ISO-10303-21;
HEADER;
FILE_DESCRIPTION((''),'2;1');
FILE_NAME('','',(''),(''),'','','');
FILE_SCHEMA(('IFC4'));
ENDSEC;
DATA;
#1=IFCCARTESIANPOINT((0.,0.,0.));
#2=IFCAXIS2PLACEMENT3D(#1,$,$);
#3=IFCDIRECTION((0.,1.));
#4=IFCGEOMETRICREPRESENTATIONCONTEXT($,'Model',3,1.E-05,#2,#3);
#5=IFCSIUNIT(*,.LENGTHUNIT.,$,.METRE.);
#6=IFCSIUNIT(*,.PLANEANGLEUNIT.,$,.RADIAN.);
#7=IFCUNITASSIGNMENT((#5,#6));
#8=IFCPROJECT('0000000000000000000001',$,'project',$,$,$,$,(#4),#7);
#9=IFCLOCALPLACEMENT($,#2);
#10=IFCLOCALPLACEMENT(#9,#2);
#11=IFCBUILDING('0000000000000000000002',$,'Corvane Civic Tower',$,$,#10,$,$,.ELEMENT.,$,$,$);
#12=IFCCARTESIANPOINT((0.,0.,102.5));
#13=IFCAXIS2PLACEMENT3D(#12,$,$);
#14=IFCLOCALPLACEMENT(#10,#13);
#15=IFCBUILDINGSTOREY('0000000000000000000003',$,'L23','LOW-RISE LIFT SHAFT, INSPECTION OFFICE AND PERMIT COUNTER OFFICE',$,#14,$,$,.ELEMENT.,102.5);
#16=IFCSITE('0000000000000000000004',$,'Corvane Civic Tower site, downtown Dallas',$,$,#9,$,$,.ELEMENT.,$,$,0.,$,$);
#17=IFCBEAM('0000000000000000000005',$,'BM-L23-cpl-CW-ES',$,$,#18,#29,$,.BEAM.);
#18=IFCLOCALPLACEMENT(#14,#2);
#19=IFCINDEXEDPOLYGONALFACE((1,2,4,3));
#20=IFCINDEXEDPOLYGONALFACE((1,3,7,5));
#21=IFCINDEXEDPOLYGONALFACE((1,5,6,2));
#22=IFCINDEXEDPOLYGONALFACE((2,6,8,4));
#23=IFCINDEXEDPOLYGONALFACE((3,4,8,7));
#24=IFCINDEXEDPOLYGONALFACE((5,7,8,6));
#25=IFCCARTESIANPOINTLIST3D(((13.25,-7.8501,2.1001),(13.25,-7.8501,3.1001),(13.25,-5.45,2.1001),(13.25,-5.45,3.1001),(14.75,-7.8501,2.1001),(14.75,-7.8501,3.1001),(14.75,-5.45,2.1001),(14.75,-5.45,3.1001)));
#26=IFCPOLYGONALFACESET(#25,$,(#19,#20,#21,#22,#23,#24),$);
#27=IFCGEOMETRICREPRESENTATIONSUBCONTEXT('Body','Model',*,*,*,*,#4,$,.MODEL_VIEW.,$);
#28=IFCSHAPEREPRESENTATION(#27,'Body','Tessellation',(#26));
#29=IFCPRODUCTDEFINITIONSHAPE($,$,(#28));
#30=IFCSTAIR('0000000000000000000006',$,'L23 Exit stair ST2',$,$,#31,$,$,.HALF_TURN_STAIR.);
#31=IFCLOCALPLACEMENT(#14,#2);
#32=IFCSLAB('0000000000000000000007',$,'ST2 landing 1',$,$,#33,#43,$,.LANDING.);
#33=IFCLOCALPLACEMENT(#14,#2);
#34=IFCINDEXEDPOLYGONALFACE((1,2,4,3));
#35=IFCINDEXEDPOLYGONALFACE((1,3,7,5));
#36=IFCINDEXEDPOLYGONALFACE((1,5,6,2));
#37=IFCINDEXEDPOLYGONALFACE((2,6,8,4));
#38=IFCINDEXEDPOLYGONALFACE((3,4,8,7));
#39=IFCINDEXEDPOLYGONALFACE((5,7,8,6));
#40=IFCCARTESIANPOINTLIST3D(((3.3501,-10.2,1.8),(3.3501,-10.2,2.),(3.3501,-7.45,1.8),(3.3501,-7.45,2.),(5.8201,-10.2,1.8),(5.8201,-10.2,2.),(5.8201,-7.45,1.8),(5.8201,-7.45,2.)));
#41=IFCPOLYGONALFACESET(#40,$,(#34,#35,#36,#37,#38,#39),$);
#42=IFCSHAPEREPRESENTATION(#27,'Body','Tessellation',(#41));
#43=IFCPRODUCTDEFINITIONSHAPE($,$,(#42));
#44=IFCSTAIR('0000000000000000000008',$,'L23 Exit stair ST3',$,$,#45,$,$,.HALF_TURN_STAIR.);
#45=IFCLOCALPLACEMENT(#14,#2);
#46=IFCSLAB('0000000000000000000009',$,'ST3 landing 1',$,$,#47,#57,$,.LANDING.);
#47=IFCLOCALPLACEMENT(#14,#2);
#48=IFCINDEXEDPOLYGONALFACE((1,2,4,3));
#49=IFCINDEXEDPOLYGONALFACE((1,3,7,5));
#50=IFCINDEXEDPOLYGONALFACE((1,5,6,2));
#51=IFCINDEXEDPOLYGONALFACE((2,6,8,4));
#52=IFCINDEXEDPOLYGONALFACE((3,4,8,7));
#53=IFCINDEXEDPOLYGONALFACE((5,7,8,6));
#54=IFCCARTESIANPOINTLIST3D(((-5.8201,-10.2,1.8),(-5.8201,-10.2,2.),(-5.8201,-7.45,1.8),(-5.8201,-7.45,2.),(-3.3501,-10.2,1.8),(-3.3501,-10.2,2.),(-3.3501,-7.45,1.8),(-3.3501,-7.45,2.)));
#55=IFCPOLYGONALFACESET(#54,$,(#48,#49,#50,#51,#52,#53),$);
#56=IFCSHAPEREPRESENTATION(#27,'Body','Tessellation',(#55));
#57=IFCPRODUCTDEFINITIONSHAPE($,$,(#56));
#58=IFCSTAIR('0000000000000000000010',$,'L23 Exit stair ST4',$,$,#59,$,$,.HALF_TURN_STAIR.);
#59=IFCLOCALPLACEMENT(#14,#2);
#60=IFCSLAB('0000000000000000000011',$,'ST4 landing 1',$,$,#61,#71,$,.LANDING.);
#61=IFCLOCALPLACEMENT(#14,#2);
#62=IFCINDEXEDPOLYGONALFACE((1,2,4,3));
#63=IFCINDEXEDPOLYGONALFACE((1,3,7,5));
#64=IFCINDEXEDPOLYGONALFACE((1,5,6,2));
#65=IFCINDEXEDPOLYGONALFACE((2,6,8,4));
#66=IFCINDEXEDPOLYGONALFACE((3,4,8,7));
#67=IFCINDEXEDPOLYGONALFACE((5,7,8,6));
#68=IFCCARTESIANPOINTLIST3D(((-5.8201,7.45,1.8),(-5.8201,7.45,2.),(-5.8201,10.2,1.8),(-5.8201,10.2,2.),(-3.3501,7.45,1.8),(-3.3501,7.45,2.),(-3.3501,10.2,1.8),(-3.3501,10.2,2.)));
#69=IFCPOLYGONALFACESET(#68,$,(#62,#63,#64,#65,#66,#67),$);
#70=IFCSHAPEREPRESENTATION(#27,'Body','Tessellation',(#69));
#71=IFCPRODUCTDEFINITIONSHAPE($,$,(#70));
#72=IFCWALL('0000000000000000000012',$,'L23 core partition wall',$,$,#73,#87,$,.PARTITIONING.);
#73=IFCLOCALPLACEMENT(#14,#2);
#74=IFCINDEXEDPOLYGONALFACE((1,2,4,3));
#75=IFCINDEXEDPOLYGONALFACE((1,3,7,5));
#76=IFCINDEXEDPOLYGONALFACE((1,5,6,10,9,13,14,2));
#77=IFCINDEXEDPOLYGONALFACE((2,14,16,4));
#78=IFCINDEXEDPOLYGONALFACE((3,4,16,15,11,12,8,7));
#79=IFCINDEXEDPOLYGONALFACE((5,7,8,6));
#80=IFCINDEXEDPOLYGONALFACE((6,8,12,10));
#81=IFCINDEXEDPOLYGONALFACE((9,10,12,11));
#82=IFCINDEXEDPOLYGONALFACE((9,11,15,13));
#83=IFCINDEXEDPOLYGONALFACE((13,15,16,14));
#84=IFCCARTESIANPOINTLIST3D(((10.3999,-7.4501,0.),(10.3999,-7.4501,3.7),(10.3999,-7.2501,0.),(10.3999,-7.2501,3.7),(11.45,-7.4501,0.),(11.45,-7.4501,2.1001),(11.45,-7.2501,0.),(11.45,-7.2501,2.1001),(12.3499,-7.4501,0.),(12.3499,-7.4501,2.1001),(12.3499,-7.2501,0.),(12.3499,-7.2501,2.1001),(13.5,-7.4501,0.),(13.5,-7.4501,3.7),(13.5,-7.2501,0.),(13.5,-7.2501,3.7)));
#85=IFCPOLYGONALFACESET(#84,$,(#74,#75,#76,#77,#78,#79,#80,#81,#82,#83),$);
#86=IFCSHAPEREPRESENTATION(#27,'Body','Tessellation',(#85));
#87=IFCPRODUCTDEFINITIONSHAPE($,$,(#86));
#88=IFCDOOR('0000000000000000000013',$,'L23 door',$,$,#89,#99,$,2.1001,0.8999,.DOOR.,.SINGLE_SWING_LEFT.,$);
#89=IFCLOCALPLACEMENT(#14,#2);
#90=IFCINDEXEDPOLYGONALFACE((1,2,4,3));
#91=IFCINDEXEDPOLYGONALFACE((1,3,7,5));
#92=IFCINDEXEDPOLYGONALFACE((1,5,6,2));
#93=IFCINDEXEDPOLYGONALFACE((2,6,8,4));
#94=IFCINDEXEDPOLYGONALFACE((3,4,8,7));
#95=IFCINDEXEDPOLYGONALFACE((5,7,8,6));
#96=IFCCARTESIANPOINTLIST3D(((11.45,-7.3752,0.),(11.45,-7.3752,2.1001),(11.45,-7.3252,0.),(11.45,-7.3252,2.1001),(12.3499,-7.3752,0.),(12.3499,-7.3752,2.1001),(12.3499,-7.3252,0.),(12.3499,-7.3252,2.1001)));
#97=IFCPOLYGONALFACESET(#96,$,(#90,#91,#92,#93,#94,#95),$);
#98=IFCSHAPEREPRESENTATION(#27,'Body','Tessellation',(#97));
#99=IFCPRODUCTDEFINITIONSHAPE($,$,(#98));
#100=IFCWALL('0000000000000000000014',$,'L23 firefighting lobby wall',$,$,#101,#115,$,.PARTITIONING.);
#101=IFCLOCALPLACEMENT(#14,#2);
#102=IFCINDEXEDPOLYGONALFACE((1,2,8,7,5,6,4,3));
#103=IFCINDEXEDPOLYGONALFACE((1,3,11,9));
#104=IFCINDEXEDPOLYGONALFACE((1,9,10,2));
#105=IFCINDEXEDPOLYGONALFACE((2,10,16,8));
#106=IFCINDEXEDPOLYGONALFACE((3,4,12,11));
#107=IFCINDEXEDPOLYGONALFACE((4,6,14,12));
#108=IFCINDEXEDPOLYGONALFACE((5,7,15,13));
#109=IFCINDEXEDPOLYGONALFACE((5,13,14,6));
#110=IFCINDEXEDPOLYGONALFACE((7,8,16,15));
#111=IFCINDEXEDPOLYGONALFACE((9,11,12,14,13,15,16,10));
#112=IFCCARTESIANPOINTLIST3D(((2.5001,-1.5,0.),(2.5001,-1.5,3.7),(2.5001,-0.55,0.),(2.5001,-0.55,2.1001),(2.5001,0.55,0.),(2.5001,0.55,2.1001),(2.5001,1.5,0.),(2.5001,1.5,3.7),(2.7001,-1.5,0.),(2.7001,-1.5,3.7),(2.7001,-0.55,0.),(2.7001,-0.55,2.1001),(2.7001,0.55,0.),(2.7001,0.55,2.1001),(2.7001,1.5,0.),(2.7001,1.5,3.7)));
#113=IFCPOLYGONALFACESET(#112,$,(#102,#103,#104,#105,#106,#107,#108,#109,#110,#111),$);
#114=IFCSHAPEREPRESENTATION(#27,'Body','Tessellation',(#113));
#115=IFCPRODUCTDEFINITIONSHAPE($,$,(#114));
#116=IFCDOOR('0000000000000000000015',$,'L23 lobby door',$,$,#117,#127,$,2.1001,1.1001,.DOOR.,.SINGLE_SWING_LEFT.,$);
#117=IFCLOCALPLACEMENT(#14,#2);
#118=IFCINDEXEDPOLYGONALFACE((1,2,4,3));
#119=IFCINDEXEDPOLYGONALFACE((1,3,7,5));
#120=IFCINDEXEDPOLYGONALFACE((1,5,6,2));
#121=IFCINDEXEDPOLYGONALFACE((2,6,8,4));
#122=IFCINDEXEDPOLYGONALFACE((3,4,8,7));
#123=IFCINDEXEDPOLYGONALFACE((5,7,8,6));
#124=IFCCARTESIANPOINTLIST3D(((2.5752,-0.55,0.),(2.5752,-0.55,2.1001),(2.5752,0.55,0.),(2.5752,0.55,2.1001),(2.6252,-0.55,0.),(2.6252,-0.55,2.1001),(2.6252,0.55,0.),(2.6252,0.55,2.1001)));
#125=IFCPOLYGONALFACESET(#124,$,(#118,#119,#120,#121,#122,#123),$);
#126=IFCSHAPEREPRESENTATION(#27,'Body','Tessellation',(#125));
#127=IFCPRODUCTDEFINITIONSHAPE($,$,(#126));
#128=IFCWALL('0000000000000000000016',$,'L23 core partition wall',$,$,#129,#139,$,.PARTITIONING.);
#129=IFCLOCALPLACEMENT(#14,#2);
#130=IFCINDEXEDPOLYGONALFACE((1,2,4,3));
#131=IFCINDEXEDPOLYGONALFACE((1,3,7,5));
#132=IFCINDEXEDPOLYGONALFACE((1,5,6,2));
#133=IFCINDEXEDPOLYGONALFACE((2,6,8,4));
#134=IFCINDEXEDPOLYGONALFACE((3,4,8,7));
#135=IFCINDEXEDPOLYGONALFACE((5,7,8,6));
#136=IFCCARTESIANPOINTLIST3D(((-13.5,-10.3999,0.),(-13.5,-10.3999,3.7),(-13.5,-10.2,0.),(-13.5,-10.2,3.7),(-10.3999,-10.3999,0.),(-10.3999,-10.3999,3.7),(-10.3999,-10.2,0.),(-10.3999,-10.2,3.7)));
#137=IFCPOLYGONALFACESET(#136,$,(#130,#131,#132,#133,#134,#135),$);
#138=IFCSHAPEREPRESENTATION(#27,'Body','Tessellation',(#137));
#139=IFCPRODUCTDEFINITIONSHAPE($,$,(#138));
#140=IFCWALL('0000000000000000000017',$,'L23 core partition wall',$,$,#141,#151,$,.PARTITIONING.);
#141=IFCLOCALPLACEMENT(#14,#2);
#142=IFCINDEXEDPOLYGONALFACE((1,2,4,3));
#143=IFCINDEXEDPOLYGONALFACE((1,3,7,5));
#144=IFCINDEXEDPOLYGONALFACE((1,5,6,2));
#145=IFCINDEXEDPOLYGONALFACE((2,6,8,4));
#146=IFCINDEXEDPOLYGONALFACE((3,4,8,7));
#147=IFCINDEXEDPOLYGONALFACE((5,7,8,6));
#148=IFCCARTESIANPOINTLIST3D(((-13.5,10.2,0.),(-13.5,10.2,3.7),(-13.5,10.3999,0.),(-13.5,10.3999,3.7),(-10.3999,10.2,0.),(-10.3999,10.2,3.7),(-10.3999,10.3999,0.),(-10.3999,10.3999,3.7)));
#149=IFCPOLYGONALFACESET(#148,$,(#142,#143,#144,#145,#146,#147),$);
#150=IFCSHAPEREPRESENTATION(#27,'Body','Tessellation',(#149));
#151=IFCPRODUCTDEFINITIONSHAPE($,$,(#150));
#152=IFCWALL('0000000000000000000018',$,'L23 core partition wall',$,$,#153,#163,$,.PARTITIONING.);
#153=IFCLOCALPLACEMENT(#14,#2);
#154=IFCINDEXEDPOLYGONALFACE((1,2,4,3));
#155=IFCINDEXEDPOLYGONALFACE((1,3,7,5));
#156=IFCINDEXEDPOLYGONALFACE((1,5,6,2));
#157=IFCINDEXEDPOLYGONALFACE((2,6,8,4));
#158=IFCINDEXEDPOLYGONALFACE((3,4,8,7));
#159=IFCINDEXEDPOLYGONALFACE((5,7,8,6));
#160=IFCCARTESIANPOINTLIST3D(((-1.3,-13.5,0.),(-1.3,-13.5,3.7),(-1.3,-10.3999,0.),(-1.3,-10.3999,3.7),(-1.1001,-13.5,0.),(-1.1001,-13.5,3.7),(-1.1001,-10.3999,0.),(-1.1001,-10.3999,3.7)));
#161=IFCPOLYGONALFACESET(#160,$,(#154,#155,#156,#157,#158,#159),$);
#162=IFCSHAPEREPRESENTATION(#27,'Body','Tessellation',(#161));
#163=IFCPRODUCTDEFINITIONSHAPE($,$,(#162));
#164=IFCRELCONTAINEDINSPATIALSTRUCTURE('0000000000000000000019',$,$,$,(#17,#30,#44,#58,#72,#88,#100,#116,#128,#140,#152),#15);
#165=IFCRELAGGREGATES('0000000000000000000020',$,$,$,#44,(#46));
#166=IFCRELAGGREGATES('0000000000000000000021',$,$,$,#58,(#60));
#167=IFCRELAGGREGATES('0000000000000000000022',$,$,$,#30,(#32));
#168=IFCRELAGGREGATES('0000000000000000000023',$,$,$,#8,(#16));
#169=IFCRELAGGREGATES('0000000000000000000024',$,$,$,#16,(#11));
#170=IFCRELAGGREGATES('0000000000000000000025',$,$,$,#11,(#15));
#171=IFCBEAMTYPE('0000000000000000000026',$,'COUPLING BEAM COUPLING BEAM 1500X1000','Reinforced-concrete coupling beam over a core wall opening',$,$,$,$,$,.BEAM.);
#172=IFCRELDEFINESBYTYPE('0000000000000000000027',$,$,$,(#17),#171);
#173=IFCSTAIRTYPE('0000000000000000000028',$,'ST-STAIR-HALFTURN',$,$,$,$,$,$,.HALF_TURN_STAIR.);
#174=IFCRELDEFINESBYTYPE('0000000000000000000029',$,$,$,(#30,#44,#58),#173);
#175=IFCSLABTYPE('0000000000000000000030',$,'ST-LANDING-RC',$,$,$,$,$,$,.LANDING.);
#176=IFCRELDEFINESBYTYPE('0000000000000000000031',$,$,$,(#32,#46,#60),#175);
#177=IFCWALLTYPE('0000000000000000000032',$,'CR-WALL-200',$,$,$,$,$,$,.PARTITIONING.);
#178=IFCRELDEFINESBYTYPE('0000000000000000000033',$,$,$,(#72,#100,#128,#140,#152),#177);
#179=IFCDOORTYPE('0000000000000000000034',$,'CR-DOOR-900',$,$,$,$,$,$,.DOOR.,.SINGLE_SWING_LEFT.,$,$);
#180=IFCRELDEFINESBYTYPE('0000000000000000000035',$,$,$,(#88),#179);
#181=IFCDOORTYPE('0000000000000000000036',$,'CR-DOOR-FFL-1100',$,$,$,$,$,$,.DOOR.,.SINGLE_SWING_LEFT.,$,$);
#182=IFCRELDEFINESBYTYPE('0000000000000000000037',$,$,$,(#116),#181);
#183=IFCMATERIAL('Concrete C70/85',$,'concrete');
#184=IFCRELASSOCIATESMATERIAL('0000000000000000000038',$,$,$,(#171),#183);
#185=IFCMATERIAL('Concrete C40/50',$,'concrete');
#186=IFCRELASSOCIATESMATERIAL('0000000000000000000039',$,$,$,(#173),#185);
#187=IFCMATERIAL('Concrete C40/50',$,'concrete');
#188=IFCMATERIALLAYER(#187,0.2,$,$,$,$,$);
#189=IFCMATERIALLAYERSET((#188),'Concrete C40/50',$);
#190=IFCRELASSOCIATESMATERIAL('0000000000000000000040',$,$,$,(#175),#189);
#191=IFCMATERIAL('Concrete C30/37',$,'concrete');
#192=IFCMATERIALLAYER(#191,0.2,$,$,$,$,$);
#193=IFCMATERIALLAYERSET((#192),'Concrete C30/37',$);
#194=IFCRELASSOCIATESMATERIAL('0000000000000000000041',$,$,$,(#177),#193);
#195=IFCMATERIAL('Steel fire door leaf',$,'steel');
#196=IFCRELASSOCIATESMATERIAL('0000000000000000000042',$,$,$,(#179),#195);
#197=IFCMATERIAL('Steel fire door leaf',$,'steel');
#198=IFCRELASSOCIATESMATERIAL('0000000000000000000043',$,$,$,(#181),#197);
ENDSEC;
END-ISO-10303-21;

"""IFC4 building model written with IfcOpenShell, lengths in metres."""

from ifc_helpers import new_model, si_unit, direction, frame, frame_2d, origin, origin_2d, place, context, subcontext, project, spatial, polyline, rectangle, outline, extrude, material, layer, layer_set, material_profile, profile_set, type_object, element, fill, aggregate, save


model = new_model("IFC4")

# Units and contexts
model_context = context("Model", 3, precision=1e-05, world=origin(), true_north=direction((0.0, 1.0)))
body_context = subcontext(model_context, "Body", "Model", "MODEL_VIEW")
ifc_project = project(units=[si_unit("LENGTHUNIT", "METRE"), si_unit("PLANEANGLEUNIT", "RADIAN")], contexts=[model_context])

# Site, building, storey
site_placement = place(None, origin())
site = spatial("IfcSite", under=ifc_project, at=site_placement, Name="Corvane Civic Tower site, downtown Dallas", CompositionType="ELEMENT", RefElevation=0.0)
building_placement = place(site_placement, origin())
building = spatial("IfcBuilding", under=site, at=building_placement, Name="Corvane Civic Tower", CompositionType="ELEMENT")
storey_placement = place(building_placement, frame((0.0, 0.0, 102.5)))
storey = spatial("IfcBuildingStorey", under=building, at=storey_placement, Name="L23", Description="LOW-RISE LIFT SHAFT, INSPECTION OFFICE AND PERMIT COUNTER OFFICE", CompositionType="ELEMENT", Elevation=102.5)

# Beam
ifc_material_1 = material(Name="Concrete C70/85", Category="concrete")
ifc_material_profile = material_profile(ifc_material_1, rectangle(XDim=1.5, YDim=1.0, at=origin_2d()), Name="COUPLING BEAM 1500X1000")
ifc_profile_set = profile_set([ifc_material_profile], Name="Concrete C70/85")
beam_type = type_object("IfcBeamType", Name="COUPLING BEAM COUPLING BEAM 1500X1000", Description="Reinforced-concrete coupling beam over a core wall opening", PredefinedType="BEAM", material=ifc_profile_set)
beam_placement = place(storey_placement, frame((14.0, -7.8501, 2.6001), z_axis=(0.0, 1.0, 0.0), x_axis=(-1.0, 0.0, 0.0)))
element("IfcBeam", 1, at=beam_placement, inside=storey, type_object=beam_type, Name="BM-L23-cpl-CW-ES", PredefinedType="BEAM", context=body_context, shape_type="SweptSolid", body=[
    extrude(rectangle(XDim=1.5, YDim=1.0, at=origin_2d()), origin(), (0.0, 0.0, 1.0), 2.4001),
])

# Stairs, slabs
ifc_material_2 = material(Name="Concrete C40/50", Category="concrete")
stair_type = type_object("IfcStairType", Name="ST-STAIR-HALFTURN", PredefinedType="HALF_TURN_STAIR", material=ifc_material_2)
stair_1_placement = place(storey_placement, origin())
stair_1 = element("IfcStair", 2, at=stair_1_placement, inside=storey, type_object=stair_type, Name="L23 Exit stair ST2", PredefinedType="HALF_TURN_STAIR")
ifc_material_3 = material(Name="Concrete C40/50", Category="concrete")
ifc_layer_1 = layer(ifc_material_3, 0.2)
ifc_layer_set_1 = layer_set([ifc_layer_1], Name="Concrete C40/50")
slab_type = type_object("IfcSlabType", Name="ST-LANDING-RC", PredefinedType="LANDING", material=ifc_layer_set_1)
slab_1_placement = place(storey_placement, frame((0.0, 0.0, 1.8)))
slab_1 = element("IfcSlab", 3, at=slab_1_placement, type_object=slab_type, Name="ST2 landing 1", PredefinedType="LANDING", context=body_context, shape_type="SweptSolid", body=[
    extrude(outline(polyline([(5.8201, -7.45), (3.3501, -7.45), (3.3501, -10.2), (5.8201, -10.2), (5.8201, -7.45)])), origin(), (0.0, 0.0, 1.0), 0.2),
])
stair_2_placement = place(storey_placement, origin())
stair_2 = element("IfcStair", 4, at=stair_2_placement, inside=storey, type_object=stair_type, Name="L23 Exit stair ST3", PredefinedType="HALF_TURN_STAIR")
slab_2_placement = place(storey_placement, frame((0.0, 0.0, 1.8)))
slab_2 = element("IfcSlab", 5, at=slab_2_placement, type_object=slab_type, Name="ST3 landing 1", PredefinedType="LANDING", context=body_context, shape_type="SweptSolid", body=[
    extrude(outline(polyline([(-5.8201, -10.2), (-3.3501, -10.2), (-3.3501, -7.45), (-5.8201, -7.45), (-5.8201, -10.2)])), origin(), (0.0, 0.0, 1.0), 0.2),
])
aggregate(stair_2, [slab_2])
stair_3_placement = place(storey_placement, origin())
stair_3 = element("IfcStair", 6, at=stair_3_placement, inside=storey, type_object=stair_type, Name="L23 Exit stair ST4", PredefinedType="HALF_TURN_STAIR")
slab_3_placement = place(storey_placement, frame((0.0, 0.0, 1.8)))
slab_3 = element("IfcSlab", 7, at=slab_3_placement, type_object=slab_type, Name="ST4 landing 1", PredefinedType="LANDING", context=body_context, shape_type="SweptSolid", body=[
    extrude(outline(polyline([(-5.8201, 7.45), (-3.3501, 7.45), (-3.3501, 10.2), (-5.8201, 10.2), (-5.8201, 7.45)])), origin(), (0.0, 0.0, 1.0), 0.2),
])
aggregate(stair_3, [slab_3])

# Walls, openings, doors
ifc_material_4 = material(Name="Concrete C30/37", Category="concrete")
ifc_layer_2 = layer(ifc_material_4, 0.2)
ifc_layer_set_2 = layer_set([ifc_layer_2], Name="Concrete C30/37")
wall_type_1 = type_object("IfcWallType", Name="CR-WALL-200", PredefinedType="PARTITIONING", material=ifc_layer_set_2)
wall_1_placement = place(storey_placement, frame((10.3999, -7.3501, 0.0), z_axis=(0.0, 0.0, 1.0), x_axis=(1.0, 0.0, 0.0)))
wall_1 = element("IfcWall", 8, at=wall_1_placement, inside=storey, type_object=wall_type_1, Name="L23 core partition wall", PredefinedType="PARTITIONING", context=body_context, shape_type="SweptSolid", body=[
    extrude(rectangle(XDim=3.1001, YDim=0.2, at=frame_2d((1.55, 0.0))), origin(), (0.0, 0.0, 1.0), 3.7),
])
opening_1_placement = place(wall_1_placement, frame((1.05, 0.0, 0.0)))
opening_1 = element("IfcOpeningElement", 9, at=opening_1_placement, cuts=wall_1, PredefinedType="OPENING", context=body_context, shape_type="SweptSolid", body=[
    extrude(rectangle(XDim=0.8999, YDim=2.1001, at=frame_2d((0.45, 1.05))), frame((0.0, 0.1099, 0.0), z_axis=(0.0, -1.0, 0.0), x_axis=(1.0, 0.0, 0.0)), (0.0, 0.0, 1.0), 0.22),
])
ifc_material_5 = material(Name="Steel fire door leaf", Category="steel")
door_type_1 = type_object("IfcDoorType", Name="CR-DOOR-900", OperationType="SINGLE_SWING_LEFT", PredefinedType="DOOR", material=ifc_material_5)
door_1_placement = place(opening_1_placement, origin())
door_1 = element("IfcDoor", 10, at=door_1_placement, inside=storey, type_object=door_type_1, Name="L23 door", OperationType="SINGLE_SWING_LEFT", OverallHeight=2.1001, OverallWidth=0.8999, PredefinedType="DOOR", context=body_context, shape_type="SweptSolid", body=[
    extrude(rectangle(XDim=0.8999, YDim=2.1001, at=frame_2d((0.45, 1.05))), frame((0.0, 0.0249, 0.0), z_axis=(0.0, -1.0, 0.0), x_axis=(1.0, 0.0, 0.0)), (0.0, 0.0, 1.0), 0.05),
])
fill(opening_1, door_1)
wall_2_placement = place(storey_placement, frame((2.6001, -1.5, 0.0), z_axis=(0.0, 0.0, 1.0), x_axis=(0.0, 1.0, 0.0)))
wall_2 = element("IfcWall", 11, at=wall_2_placement, inside=storey, type_object=wall_type_1, Name="L23 firefighting lobby wall", PredefinedType="PARTITIONING", context=body_context, shape_type="SweptSolid", body=[
    extrude(rectangle(XDim=3.0, YDim=0.2, at=frame_2d((1.5, 0.0))), origin(), (0.0, 0.0, 1.0), 3.7),
])
opening_2_placement = place(wall_2_placement, frame((0.95, 0.0, 0.0)))
opening_2 = element("IfcOpeningElement", 12, at=opening_2_placement, cuts=wall_2, PredefinedType="OPENING", context=body_context, shape_type="SweptSolid", body=[
    extrude(rectangle(XDim=1.1001, YDim=2.1001, at=frame_2d((0.55, 1.05))), frame((0.0, 0.1099, 0.0), z_axis=(0.0, -1.0, 0.0), x_axis=(1.0, 0.0, 0.0)), (0.0, 0.0, 1.0), 0.22),
])
ifc_material_6 = material(Name="Steel fire door leaf", Category="steel")
door_type_2 = type_object("IfcDoorType", Name="CR-DOOR-FFL-1100", OperationType="SINGLE_SWING_LEFT", PredefinedType="DOOR", material=ifc_material_6)
door_2_placement = place(opening_2_placement, origin())
door_2 = element("IfcDoor", 13, at=door_2_placement, inside=storey, type_object=door_type_2, Name="L23 lobby door", OperationType="SINGLE_SWING_LEFT", OverallHeight=2.1001, OverallWidth=1.1001, PredefinedType="DOOR", context=body_context, shape_type="SweptSolid", body=[
    extrude(rectangle(XDim=1.1001, YDim=2.1001, at=frame_2d((0.55, 1.05))), frame((0.0, 0.0249, 0.0), z_axis=(0.0, -1.0, 0.0), x_axis=(1.0, 0.0, 0.0)), (0.0, 0.0, 1.0), 0.05),
])
fill(opening_2, door_2)

# Walls
wall_3_placement = place(storey_placement, origin())
element("IfcWall", 14, at=wall_3_placement, inside=storey, type_object=wall_type_1, Name="L23 core partition wall", PredefinedType="PARTITIONING", context=body_context, shape_type="SweptSolid", body=[
    extrude(outline(polyline([(-10.3999, -10.3999), (-13.5, -10.3999), (-13.5, -10.2), (-10.3999, -10.2), (-10.3999, -10.3999)])), origin(), (0.0, 0.0, 1.0), 3.7),
])
wall_4_placement = place(storey_placement, origin())
element("IfcWall", 15, at=wall_4_placement, inside=storey, type_object=wall_type_1, Name="L23 core partition wall", PredefinedType="PARTITIONING", context=body_context, shape_type="SweptSolid", body=[
    extrude(outline(polyline([(-13.5, 10.2), (-13.5, 10.3999), (-10.3999, 10.3999), (-10.3999, 10.2), (-13.5, 10.2)])), origin(), (0.0, 0.0, 1.0), 3.7),
])
wall_5_placement = place(storey_placement, origin())
element("IfcWall", 16, at=wall_5_placement, inside=storey, type_object=wall_type_1, Name="L23 core partition wall", PredefinedType="PARTITIONING", context=body_context, shape_type="SweptSolid", body=[
    extrude(outline(polyline([(-1.1001, -10.3999), (-1.1001, -13.5), (-1.3, -13.5), (-1.3, -10.3999), (-1.1001, -10.3999)])), origin(), (0.0, 0.0, 1.0), 3.7),
])

aggregate(stair_1, [slab_1])

save(model, "model.ifc")
